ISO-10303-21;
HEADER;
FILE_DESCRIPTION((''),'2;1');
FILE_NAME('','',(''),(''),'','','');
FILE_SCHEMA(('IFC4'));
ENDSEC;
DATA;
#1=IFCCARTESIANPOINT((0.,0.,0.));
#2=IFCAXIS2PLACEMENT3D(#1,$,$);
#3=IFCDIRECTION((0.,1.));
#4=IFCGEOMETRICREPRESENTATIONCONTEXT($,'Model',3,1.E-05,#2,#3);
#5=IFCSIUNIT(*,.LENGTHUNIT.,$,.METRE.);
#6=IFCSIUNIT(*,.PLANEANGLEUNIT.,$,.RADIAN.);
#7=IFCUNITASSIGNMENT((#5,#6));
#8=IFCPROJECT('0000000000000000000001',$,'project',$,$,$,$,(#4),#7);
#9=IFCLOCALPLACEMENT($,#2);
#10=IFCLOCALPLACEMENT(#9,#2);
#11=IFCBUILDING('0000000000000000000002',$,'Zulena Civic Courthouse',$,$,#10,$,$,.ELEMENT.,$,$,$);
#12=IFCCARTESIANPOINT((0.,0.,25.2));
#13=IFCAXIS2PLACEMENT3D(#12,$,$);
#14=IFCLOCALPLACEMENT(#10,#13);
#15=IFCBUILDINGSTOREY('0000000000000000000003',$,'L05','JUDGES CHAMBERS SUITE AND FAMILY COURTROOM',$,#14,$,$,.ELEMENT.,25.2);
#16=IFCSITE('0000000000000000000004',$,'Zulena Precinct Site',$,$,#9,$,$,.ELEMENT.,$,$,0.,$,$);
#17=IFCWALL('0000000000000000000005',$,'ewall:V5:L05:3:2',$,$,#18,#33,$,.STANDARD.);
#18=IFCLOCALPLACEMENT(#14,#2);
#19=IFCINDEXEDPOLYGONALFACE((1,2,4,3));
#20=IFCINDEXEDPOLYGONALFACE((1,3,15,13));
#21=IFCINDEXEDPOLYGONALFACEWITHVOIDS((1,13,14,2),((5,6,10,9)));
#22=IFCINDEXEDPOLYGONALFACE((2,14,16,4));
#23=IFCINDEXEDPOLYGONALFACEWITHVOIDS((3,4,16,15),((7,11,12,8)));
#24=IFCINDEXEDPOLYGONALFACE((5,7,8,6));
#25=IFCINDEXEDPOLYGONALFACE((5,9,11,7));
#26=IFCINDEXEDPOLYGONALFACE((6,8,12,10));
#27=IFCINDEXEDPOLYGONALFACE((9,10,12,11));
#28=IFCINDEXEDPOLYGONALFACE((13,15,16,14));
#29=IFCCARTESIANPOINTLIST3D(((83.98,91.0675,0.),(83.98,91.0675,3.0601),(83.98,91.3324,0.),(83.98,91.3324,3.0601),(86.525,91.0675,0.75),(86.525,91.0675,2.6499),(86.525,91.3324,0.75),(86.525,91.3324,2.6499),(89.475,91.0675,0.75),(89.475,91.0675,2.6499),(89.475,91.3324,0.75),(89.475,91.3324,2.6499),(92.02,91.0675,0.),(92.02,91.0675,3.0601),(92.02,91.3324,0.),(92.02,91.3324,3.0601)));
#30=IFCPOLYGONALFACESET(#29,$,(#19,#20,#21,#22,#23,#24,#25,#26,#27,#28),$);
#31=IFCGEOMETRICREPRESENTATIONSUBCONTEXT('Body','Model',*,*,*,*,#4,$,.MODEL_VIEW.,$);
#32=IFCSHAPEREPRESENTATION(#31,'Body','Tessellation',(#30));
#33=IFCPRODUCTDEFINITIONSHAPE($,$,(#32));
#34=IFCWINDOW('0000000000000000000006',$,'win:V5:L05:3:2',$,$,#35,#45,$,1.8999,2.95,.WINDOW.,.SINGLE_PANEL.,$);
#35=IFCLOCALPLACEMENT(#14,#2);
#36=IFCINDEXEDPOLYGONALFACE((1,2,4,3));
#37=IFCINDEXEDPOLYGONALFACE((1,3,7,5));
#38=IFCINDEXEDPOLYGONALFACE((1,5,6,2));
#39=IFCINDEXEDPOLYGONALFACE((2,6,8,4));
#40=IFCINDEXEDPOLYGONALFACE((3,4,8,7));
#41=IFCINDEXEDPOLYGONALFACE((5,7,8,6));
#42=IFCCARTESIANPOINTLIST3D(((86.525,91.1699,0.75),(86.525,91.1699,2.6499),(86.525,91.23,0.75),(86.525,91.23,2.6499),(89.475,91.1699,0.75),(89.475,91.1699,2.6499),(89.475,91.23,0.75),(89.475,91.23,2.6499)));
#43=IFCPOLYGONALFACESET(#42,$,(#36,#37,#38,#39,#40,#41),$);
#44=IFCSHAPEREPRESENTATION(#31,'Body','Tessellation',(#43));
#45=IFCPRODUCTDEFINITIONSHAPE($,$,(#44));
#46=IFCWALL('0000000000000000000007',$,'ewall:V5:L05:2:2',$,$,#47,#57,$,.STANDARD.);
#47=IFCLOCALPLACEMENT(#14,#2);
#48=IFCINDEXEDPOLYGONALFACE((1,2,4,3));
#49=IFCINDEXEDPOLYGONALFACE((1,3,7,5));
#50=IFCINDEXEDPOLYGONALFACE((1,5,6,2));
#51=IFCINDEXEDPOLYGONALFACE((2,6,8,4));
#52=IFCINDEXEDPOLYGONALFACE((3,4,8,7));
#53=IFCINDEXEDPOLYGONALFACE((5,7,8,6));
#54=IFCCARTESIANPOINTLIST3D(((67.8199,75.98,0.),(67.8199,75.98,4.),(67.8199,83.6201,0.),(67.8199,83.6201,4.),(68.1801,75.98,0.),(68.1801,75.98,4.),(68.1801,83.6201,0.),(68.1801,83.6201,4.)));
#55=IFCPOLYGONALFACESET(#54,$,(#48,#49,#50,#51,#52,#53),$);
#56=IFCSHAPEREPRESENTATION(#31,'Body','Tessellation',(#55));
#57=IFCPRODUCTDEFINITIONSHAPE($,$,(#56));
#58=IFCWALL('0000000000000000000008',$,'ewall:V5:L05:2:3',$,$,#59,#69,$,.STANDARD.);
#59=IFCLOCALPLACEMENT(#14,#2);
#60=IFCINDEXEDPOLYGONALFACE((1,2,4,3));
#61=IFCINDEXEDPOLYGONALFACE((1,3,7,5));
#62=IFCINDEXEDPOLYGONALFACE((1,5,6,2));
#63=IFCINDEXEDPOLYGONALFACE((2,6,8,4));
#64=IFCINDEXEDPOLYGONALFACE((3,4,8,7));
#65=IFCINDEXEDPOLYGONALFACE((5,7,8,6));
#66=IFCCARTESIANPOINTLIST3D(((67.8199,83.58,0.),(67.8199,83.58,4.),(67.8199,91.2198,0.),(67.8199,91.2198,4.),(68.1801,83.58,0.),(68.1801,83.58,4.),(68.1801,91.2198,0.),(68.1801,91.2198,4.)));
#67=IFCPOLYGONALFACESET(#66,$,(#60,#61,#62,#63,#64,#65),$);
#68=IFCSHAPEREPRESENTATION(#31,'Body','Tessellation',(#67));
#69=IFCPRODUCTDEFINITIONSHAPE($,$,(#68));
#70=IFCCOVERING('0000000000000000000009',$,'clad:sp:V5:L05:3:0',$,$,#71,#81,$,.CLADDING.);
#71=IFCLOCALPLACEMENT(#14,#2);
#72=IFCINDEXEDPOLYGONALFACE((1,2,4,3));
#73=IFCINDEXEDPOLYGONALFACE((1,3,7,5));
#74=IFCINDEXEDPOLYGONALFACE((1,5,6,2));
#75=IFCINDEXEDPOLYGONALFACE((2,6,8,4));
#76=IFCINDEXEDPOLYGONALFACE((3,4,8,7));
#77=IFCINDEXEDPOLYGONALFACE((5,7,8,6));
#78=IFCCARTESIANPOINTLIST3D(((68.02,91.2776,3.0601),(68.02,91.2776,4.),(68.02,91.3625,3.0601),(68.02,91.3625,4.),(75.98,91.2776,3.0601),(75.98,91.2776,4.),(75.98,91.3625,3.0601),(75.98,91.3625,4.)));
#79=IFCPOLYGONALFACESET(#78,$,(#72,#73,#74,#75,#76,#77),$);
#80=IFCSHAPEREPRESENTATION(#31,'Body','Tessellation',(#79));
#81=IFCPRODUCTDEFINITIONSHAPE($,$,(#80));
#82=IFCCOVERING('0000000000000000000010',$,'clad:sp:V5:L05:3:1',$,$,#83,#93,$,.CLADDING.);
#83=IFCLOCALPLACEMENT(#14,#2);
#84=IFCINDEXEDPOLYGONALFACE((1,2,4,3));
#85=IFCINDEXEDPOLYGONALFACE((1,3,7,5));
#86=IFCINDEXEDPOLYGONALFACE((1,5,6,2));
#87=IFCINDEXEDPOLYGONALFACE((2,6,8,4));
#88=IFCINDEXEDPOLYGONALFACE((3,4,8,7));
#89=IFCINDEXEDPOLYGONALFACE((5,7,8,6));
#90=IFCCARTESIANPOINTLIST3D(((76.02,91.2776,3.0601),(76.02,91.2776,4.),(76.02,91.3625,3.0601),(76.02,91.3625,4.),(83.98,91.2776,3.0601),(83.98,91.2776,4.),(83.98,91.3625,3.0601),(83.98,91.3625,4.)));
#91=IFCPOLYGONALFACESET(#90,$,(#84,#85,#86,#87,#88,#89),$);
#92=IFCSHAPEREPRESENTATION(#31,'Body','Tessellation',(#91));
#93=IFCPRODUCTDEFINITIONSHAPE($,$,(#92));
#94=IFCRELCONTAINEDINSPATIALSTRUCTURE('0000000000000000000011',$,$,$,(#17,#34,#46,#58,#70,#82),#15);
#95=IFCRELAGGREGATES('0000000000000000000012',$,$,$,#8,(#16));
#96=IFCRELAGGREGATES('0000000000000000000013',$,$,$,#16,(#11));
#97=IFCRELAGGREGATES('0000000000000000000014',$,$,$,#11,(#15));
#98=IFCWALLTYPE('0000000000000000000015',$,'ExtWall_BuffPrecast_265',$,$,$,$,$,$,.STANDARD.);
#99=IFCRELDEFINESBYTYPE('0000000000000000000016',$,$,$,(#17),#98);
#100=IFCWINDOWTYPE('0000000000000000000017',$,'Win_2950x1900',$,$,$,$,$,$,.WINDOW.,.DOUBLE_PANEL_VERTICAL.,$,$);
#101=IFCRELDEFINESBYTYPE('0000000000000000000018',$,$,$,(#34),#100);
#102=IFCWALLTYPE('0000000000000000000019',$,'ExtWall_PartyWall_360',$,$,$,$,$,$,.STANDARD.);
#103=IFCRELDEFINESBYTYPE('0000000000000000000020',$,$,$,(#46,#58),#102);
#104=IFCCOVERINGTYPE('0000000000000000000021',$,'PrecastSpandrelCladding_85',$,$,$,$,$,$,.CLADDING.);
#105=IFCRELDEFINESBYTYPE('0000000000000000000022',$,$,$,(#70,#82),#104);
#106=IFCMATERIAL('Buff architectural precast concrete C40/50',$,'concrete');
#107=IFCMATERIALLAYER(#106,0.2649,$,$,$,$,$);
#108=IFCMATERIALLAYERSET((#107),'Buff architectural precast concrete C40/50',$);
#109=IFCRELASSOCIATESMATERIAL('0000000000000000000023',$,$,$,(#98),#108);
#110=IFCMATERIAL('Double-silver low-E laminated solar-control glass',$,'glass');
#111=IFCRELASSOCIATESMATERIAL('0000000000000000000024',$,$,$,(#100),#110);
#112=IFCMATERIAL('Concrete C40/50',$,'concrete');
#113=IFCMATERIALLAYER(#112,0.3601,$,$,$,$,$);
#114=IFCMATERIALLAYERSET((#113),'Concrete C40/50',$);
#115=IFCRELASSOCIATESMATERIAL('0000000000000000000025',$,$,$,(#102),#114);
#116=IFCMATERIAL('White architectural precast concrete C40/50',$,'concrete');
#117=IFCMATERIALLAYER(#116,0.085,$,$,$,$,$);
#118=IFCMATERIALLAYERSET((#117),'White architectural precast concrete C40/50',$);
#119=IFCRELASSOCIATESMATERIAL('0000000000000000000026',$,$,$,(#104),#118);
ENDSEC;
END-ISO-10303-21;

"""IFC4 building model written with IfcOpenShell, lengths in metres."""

from ifc_helpers import new_model, si_unit, direction, frame, frame_2d, origin, origin_2d, place, context, subcontext, project, spatial, rectangle, extrude, material, layer, layer_set, type_object, element, fill, save


model = new_model("IFC4")

# Units and contexts
model_context = context("Model", 3, precision=1e-05, world=origin(), true_north=direction((0.0, 1.0)))
body_context = subcontext(model_context, "Body", "Model", "MODEL_VIEW")
ifc_project = project(units=[si_unit("LENGTHUNIT", "METRE"), si_unit("PLANEANGLEUNIT", "RADIAN")], contexts=[model_context])

# Site, building, storey
site_placement = place(None, origin())
site = spatial("IfcSite", under=ifc_project, at=site_placement, Name="Zulena Precinct Site", CompositionType="ELEMENT", RefElevation=0.0)
building_placement = place(site_placement, origin())
building = spatial("IfcBuilding", under=site, at=building_placement, Name="Zulena Civic Courthouse", CompositionType="ELEMENT")
storey_placement = place(building_placement, frame((0.0, 0.0, 25.2)))
storey = spatial("IfcBuildingStorey", under=building, at=storey_placement, Name="L05", Description="JUDGES CHAMBERS SUITE AND FAMILY COURTROOM", CompositionType="ELEMENT", Elevation=25.2)

# Shared definitions
ifc_material_1 = material(Name="Concrete C40/50", Category="concrete")

# Wall, opening, window
ifc_material_2 = material(Name="Buff architectural precast concrete C40/50", Category="concrete")
ifc_layer_1 = layer(ifc_material_2, 0.2649)
ifc_layer_set_1 = layer_set([ifc_layer_1], Name="Buff architectural precast concrete C40/50")
wall_type_1 = type_object("IfcWallType", Name="ExtWall_BuffPrecast_265", PredefinedType="STANDARD", material=ifc_layer_set_1)
ifc_material_3 = material(Name="Double-silver low-E laminated solar-control glass", Category="glass")
wall_1_placement = place(storey_placement, frame((83.98, 91.2, 0.0), z_axis=(0.0, 0.0, 1.0), x_axis=(1.0, 0.0, 0.0)))
wall_1 = element("IfcWall", 1, at=wall_1_placement, inside=storey, type_object=wall_type_1, Name="ewall:V5:L05:3:2", PredefinedType="STANDARD", context=body_context, shape_type="SweptSolid", body=[
    extrude(rectangle(XDim=8.04, YDim=0.2649, at=frame_2d((4.02, 0.0))), origin(), (0.0, 0.0, 1.0), 3.0601),
])
opening_1_placement = place(wall_1_placement, frame((2.5449, 0.0, 0.75)))
opening_1 = element("IfcOpeningElement", 2, at=opening_1_placement, cuts=wall_1, PredefinedType="OPENING", context=body_context, shape_type="SweptSolid", body=[
    extrude(rectangle(XDim=2.95, YDim=1.8999, at=frame_2d((1.4751, 0.95))), frame((0.0, 0.1423, 0.0), z_axis=(0.0, -1.0, 0.0), x_axis=(1.0, 0.0, 0.0)), (0.0, 0.0, 1.0), 0.2849),
])
window_type_1 = type_object("IfcWindowType", Name="Win_2950x1900", PartitioningType="DOUBLE_PANEL_VERTICAL", PredefinedType="WINDOW", material=ifc_material_3)
window_1_placement = place(opening_1_placement, origin())
window_1 = element("IfcWindow", 3, at=window_1_placement, inside=storey, type_object=window_type_1, Name="win:V5:L05:3:2", OverallHeight=1.8999, OverallWidth=2.95, PartitioningType="SINGLE_PANEL", PredefinedType="WINDOW", context=body_context, shape_type="SweptSolid", body=[
    extrude(rectangle(XDim=2.95, YDim=1.8999, at=frame_2d((1.4751, 0.95))), frame((0.0, 0.03, 0.0), z_axis=(0.0, -1.0, 0.0), x_axis=(1.0, 0.0, 0.0)), (0.0, 0.0, 1.0), 0.0601),
])
fill(opening_1, window_1)

# Walls
ifc_layer_2 = layer(ifc_material_1, 0.3601)
ifc_layer_set_2 = layer_set([ifc_layer_2], Name="Concrete C40/50")
wall_type_2 = type_object("IfcWallType", Name="ExtWall_PartyWall_360", PredefinedType="STANDARD", material=ifc_layer_set_2)
wall_2_placement = place(storey_placement, frame((68.0, 75.98, 0.0), z_axis=(0.0, 0.0, 1.0), x_axis=(0.0, 1.0, 0.0)))
element("IfcWall", 4, at=wall_2_placement, inside=storey, type_object=wall_type_2, Name="ewall:V5:L05:2:2", PredefinedType="STANDARD", context=body_context, shape_type="SweptSolid", body=[
    extrude(rectangle(XDim=7.6401, YDim=0.3601, at=frame_2d((3.8201, 0.0))), origin(), (0.0, 0.0, 1.0), 4.0),
])
wall_3_placement = place(storey_placement, frame((68.0, 83.5801, 0.0), z_axis=(0.0, 0.0, 1.0), x_axis=(0.0, 1.0, 0.0)))
element("IfcWall", 5, at=wall_3_placement, inside=storey, type_object=wall_type_2, Name="ewall:V5:L05:2:3", PredefinedType="STANDARD", context=body_context, shape_type="SweptSolid", body=[
    extrude(rectangle(XDim=7.6399, YDim=0.3601, at=frame_2d((3.8198, 0.0))), origin(), (0.0, 0.0, 1.0), 4.0),
])

# Coverings
ifc_material_4 = material(Name="White architectural precast concrete C40/50", Category="concrete")
ifc_layer_3 = layer(ifc_material_4, 0.085)
ifc_layer_set_3 = layer_set([ifc_layer_3], Name="White architectural precast concrete C40/50")
covering_type = type_object("IfcCoveringType", Name="PrecastSpandrelCladding_85", PredefinedType="CLADDING", material=ifc_layer_set_3)
for number, where, z_axis, x_axis, name in (
    (6, (72.0, 91.3201, 3.0601), (0.0, 0.0, 1.0), (1.0, 0.0, 0.0), "clad:sp:V5:L05:3:0"),
    (7, (80.0, 91.3201, 3.0601), (0.0, 0.0, 1.0), (1.0, 0.0, 0.0), "clad:sp:V5:L05:3:1"),
):
    element("IfcCovering", number, at=place(storey_placement, frame(where, z_axis=z_axis, x_axis=x_axis)), inside=storey, type_object=covering_type, Name=name, PredefinedType="CLADDING", context=body_context, shape_type="SweptSolid", body=[
        extrude(rectangle(XDim=7.96, YDim=0.085, at=origin_2d()), origin(), (0.0, 0.0, 1.0), 0.9399),
    ])

save(model, "model.ifc")
